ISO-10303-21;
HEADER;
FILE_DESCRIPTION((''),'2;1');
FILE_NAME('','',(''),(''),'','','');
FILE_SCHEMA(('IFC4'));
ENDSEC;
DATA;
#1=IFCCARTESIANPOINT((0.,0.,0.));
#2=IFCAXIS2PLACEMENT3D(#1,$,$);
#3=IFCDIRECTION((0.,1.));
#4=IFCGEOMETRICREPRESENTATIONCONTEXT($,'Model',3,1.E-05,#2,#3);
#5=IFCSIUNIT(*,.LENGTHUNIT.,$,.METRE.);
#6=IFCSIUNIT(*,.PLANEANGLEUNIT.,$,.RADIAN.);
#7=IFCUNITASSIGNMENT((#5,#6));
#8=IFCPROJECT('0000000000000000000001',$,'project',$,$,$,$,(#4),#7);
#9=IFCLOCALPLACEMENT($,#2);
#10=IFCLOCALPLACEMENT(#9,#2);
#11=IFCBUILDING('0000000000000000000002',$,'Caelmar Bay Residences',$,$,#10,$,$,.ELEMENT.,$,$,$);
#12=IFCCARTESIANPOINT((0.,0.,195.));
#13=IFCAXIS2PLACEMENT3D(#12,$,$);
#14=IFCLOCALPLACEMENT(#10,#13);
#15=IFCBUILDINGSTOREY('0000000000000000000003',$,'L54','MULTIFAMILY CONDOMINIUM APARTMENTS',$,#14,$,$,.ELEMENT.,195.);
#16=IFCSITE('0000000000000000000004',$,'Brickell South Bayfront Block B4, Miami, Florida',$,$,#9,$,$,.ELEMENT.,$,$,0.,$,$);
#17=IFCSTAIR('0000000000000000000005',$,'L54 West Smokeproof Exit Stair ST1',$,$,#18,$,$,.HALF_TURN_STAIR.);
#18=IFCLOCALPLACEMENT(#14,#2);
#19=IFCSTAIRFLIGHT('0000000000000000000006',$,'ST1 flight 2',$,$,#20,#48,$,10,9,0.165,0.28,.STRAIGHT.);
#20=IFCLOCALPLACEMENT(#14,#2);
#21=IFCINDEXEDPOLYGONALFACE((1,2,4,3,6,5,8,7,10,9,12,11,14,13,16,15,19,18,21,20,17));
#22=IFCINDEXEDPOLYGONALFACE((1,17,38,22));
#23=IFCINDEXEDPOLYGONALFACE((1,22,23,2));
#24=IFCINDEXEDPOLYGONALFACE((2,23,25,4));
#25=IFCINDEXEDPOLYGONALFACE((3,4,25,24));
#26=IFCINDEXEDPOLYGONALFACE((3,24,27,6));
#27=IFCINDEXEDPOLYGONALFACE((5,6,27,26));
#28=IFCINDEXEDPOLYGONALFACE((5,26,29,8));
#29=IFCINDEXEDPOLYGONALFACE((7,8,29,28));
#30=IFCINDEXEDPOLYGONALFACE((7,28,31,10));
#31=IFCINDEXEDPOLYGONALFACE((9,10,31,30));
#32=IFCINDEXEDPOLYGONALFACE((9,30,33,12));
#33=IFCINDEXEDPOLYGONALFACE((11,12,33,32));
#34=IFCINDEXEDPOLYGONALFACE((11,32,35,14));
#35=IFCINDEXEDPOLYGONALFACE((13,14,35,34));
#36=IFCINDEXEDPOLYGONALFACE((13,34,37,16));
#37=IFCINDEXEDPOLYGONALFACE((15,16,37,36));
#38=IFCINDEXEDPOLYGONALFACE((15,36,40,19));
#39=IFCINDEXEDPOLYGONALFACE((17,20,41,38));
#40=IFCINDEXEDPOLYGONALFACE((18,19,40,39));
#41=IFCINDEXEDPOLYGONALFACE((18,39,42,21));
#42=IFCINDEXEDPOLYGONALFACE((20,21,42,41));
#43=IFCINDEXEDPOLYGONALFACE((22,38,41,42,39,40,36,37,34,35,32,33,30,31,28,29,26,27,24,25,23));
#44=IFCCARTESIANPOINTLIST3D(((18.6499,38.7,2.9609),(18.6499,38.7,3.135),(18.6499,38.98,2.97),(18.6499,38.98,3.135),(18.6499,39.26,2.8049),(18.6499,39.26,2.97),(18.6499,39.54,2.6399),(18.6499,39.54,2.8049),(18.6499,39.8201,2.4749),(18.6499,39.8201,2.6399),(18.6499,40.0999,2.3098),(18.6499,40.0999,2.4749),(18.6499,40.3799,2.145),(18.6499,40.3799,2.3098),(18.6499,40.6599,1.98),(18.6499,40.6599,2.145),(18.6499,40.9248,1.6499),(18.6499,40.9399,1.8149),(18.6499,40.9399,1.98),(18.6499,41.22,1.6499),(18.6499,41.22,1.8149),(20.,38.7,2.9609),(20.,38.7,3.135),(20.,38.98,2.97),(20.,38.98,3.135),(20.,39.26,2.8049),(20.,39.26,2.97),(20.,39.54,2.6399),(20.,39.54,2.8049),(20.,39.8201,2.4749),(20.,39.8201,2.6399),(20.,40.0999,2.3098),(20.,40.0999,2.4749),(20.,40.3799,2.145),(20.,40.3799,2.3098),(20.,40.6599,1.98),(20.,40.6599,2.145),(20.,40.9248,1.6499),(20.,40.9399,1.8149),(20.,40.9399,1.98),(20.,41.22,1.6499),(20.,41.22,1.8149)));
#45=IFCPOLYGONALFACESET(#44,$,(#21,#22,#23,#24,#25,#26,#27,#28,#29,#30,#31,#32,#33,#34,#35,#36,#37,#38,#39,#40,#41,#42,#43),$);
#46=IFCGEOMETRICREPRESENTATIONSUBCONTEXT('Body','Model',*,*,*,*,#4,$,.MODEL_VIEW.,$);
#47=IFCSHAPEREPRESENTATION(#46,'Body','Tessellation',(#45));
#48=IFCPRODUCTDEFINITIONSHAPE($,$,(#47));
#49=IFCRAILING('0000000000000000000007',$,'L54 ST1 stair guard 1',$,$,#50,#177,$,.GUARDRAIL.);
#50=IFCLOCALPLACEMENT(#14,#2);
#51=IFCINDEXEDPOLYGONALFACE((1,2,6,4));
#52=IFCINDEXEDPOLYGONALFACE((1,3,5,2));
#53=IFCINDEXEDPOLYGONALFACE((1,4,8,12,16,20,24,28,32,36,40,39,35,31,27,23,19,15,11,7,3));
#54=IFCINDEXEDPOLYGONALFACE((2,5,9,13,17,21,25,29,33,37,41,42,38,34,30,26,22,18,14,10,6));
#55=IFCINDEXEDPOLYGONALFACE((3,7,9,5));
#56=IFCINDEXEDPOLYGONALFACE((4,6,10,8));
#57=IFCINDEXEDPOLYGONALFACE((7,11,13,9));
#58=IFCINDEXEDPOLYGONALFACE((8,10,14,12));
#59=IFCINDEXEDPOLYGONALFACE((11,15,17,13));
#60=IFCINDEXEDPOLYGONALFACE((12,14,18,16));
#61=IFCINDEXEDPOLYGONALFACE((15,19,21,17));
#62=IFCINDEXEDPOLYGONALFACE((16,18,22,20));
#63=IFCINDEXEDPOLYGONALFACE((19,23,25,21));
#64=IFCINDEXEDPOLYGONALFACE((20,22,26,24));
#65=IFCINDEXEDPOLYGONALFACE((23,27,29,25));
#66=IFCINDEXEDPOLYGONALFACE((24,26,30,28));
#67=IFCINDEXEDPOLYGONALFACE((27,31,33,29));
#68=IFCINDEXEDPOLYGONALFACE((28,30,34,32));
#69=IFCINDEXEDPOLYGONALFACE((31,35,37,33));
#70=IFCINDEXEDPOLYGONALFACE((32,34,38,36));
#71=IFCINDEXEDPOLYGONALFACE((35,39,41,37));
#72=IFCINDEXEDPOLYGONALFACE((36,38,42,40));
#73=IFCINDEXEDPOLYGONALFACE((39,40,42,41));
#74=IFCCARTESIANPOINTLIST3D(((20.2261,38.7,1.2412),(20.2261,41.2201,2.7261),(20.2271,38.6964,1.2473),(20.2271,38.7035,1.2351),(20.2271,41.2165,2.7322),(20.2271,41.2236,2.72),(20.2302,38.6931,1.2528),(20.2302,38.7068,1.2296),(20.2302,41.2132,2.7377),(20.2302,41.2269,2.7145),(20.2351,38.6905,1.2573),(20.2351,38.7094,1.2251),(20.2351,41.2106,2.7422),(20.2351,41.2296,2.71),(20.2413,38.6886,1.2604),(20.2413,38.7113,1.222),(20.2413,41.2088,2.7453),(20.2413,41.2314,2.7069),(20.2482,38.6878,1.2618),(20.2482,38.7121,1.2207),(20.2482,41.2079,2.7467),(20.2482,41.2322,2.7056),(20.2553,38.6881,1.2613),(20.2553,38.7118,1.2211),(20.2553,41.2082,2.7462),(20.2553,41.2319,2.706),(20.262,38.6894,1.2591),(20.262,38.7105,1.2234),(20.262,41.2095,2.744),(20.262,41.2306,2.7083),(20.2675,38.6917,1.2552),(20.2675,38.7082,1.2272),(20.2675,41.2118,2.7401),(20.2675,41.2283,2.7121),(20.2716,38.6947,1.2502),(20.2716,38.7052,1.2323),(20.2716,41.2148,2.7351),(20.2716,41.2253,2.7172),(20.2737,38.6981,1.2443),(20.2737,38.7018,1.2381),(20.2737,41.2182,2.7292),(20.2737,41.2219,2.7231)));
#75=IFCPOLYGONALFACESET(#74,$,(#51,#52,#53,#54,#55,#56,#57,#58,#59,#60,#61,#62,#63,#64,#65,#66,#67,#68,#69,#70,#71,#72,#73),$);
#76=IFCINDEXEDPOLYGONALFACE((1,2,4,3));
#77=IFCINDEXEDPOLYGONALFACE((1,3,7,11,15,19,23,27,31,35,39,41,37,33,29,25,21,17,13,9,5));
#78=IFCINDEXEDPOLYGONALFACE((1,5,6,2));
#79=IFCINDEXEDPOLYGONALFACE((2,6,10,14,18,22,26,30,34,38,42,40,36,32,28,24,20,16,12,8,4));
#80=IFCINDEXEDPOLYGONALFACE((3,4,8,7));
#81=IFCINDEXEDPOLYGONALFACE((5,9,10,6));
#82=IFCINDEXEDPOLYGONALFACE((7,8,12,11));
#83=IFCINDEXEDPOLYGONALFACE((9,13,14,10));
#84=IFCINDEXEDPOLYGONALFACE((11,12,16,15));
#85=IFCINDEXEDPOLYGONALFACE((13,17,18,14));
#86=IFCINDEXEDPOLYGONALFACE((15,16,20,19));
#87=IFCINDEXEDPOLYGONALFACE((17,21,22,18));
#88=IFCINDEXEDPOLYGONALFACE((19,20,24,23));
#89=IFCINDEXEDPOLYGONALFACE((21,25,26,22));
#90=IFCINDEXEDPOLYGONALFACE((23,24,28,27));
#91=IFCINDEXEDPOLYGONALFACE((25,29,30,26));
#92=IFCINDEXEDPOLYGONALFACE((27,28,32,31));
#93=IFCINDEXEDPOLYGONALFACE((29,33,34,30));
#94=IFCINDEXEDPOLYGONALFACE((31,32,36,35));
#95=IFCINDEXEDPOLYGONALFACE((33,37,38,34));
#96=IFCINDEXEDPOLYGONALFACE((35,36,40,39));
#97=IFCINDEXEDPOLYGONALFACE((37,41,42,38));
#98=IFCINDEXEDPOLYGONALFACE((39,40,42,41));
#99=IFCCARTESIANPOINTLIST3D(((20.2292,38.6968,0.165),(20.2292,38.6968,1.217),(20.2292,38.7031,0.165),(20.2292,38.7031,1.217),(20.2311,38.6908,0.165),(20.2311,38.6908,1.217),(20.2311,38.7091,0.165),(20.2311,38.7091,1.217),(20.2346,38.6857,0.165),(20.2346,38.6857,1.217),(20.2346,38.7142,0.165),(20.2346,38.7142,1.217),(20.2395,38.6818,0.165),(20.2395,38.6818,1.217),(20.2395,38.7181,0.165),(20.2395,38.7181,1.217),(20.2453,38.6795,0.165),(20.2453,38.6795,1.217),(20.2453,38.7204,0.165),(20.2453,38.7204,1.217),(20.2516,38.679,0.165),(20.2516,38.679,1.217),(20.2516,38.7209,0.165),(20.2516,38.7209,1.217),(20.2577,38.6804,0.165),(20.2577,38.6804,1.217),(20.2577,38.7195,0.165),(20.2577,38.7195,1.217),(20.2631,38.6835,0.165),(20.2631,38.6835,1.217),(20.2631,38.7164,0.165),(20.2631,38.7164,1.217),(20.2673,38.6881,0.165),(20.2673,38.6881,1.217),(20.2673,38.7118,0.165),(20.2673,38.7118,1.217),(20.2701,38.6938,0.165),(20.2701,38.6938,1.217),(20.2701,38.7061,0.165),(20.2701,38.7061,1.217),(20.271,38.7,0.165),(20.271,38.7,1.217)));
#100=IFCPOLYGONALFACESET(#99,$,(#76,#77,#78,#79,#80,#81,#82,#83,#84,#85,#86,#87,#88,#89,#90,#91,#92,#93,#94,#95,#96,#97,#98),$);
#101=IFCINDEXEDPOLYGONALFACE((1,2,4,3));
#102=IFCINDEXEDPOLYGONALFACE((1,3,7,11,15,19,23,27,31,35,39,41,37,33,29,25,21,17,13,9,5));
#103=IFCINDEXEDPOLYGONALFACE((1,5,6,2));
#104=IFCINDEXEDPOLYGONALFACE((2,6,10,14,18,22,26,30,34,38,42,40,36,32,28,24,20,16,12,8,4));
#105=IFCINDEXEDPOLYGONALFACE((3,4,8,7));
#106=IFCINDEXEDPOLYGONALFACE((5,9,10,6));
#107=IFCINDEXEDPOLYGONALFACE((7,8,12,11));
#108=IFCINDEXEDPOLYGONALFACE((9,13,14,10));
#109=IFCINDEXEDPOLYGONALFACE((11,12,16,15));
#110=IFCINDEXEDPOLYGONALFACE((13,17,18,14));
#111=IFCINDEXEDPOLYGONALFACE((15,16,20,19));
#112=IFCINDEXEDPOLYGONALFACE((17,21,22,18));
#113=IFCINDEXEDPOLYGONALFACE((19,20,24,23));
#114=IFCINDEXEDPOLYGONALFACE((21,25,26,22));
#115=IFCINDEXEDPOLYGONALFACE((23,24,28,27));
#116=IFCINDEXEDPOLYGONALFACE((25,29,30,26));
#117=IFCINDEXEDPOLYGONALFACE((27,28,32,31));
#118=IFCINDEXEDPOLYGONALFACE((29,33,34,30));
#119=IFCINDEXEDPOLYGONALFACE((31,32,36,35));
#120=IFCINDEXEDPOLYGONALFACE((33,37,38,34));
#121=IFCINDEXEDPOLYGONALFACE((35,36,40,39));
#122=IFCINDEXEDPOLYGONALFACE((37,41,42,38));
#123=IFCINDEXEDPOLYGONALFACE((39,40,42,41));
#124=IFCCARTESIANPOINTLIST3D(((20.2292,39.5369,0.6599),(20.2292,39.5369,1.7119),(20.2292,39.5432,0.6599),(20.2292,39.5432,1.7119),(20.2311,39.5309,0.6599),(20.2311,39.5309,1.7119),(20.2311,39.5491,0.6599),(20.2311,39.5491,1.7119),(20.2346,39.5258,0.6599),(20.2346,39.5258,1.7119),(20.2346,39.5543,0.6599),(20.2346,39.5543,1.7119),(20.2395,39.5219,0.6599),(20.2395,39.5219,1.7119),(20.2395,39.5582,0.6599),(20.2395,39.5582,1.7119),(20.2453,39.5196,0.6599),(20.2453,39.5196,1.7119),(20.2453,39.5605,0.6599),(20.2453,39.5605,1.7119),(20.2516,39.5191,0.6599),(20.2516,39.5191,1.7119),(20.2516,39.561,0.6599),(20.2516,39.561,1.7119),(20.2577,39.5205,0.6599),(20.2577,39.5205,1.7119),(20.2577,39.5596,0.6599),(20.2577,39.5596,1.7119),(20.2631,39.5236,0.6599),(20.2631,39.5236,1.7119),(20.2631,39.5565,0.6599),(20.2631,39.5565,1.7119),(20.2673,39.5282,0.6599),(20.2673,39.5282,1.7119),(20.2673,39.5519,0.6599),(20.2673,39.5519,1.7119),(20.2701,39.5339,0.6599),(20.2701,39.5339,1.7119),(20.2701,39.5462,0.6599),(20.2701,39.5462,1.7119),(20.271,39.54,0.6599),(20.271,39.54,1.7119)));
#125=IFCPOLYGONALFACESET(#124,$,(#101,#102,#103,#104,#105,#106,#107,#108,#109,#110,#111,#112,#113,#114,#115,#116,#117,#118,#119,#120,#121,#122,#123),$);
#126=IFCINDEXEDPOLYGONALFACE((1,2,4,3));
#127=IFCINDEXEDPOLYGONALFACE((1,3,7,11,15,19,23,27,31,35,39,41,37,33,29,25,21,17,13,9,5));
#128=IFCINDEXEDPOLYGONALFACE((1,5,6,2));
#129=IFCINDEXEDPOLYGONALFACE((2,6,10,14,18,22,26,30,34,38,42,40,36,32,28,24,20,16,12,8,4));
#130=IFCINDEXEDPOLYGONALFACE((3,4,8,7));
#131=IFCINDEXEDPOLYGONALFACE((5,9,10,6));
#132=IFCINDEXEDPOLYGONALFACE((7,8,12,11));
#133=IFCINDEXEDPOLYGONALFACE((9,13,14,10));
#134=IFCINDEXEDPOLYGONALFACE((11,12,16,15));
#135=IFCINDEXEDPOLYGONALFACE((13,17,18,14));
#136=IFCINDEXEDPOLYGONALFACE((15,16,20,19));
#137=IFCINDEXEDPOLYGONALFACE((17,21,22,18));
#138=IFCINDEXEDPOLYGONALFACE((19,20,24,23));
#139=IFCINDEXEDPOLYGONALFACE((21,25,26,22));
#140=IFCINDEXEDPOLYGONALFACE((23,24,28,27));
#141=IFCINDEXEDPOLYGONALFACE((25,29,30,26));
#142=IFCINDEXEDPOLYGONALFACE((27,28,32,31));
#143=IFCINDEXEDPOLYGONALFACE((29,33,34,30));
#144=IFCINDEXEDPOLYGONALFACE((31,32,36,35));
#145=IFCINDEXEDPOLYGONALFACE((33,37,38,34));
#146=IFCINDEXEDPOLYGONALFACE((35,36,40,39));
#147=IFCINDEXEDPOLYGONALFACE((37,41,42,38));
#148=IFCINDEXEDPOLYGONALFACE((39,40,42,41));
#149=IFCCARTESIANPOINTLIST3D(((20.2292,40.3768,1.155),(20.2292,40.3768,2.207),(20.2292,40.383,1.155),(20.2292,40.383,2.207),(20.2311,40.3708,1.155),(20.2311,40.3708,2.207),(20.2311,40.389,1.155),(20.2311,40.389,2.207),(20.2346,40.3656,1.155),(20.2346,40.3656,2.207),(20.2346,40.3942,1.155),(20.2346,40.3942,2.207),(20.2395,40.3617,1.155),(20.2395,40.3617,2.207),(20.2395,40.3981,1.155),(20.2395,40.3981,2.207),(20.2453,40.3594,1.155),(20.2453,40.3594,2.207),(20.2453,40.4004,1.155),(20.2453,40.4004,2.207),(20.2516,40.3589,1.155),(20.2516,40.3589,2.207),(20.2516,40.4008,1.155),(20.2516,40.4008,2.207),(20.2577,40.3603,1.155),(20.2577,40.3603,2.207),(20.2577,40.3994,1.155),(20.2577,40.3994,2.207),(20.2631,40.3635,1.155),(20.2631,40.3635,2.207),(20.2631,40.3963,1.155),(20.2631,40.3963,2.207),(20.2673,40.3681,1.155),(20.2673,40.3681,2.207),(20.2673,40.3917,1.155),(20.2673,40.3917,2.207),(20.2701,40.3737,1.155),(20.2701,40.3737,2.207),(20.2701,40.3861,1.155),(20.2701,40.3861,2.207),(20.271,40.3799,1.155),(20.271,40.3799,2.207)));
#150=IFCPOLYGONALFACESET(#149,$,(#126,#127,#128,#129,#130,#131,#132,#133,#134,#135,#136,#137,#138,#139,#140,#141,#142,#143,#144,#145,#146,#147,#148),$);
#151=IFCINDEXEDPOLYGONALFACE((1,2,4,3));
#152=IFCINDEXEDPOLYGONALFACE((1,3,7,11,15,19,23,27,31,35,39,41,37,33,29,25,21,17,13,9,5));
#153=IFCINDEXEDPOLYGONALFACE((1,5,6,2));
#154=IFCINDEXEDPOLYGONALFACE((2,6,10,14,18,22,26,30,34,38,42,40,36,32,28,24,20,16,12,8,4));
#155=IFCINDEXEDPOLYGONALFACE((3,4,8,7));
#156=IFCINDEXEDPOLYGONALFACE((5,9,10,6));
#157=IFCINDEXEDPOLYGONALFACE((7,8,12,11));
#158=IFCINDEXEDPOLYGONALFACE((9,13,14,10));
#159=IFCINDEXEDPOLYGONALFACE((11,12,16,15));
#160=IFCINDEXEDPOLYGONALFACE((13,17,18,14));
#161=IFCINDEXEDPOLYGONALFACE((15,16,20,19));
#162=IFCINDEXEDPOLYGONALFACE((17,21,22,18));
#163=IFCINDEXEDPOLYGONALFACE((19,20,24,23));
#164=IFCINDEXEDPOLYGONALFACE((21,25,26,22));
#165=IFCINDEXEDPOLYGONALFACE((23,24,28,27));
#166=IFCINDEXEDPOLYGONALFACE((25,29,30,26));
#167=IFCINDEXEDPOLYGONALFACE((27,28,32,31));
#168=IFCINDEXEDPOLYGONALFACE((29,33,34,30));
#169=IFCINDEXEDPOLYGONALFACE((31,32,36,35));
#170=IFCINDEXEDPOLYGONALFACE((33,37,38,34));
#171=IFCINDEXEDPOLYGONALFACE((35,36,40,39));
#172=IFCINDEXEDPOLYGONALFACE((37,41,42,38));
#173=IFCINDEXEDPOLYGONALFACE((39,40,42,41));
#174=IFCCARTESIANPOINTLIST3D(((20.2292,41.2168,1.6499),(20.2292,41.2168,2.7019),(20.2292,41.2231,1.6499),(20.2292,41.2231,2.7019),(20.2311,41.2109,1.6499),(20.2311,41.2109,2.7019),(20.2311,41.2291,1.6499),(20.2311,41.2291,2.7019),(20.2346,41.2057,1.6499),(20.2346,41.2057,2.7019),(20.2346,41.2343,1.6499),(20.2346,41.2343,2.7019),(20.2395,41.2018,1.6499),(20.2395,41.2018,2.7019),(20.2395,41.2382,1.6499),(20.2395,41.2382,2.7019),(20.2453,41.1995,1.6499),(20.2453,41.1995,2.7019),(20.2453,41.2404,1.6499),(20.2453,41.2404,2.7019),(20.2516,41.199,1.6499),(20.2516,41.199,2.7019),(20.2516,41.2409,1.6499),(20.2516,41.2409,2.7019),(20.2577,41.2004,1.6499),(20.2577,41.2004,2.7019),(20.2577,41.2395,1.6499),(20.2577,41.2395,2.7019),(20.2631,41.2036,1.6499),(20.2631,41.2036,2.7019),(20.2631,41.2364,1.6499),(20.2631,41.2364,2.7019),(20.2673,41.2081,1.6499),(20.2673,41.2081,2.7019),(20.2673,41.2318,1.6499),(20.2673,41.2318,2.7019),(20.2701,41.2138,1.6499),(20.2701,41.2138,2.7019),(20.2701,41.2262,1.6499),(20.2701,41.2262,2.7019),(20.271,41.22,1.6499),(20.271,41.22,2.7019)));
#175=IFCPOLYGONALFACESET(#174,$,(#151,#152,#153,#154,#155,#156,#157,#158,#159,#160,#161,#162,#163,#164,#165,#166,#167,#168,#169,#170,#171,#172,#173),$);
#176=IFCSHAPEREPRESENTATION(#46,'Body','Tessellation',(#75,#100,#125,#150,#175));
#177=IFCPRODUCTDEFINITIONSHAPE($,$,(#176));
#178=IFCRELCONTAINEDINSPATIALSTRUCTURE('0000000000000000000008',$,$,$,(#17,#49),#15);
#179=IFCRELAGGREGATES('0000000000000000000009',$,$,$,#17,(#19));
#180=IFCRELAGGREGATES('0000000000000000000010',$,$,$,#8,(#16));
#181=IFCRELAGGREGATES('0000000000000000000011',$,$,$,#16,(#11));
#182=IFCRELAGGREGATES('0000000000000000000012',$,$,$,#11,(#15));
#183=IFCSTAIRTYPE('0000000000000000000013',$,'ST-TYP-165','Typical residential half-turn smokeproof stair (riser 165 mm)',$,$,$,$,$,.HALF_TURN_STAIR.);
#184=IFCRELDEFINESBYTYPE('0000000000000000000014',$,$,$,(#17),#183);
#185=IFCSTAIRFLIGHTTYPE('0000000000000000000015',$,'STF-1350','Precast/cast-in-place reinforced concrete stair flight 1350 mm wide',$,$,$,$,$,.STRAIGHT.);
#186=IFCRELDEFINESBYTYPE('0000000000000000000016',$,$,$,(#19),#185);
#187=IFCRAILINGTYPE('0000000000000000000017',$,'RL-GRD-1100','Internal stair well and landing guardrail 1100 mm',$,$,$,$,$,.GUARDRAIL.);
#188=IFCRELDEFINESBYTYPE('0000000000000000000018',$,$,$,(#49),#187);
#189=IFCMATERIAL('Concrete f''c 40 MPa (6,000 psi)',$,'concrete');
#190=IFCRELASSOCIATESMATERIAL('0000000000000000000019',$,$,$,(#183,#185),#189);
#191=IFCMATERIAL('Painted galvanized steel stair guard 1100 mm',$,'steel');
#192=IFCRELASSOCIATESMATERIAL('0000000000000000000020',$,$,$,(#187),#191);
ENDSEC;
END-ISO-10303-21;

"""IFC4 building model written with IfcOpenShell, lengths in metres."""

from ifc_helpers import new_model, si_unit, direction, frame, origin, origin_2d, place, context, subcontext, project, spatial, polyline, circle, outline, extrude, material, type_object, element, aggregate, save


model = new_model("IFC4")

# Units and contexts
model_context = context("Model", 3, precision=1e-05, world=origin(), true_north=direction((0.0, 1.0)))
body_context = subcontext(model_context, "Body", "Model", "MODEL_VIEW")
ifc_project = project(units=[si_unit("LENGTHUNIT", "METRE"), si_unit("PLANEANGLEUNIT", "RADIAN")], contexts=[model_context])

# Site, building, storey
site_placement = place(None, origin())
site = spatial("IfcSite", under=ifc_project, at=site_placement, Name="Brickell South Bayfront Block B4, Miami, Florida", CompositionType="ELEMENT", RefElevation=0.0)
building_placement = place(site_placement, origin())
building = spatial("IfcBuilding", under=site, at=building_placement, Name="Caelmar Bay Residences", CompositionType="ELEMENT")
storey_placement = place(building_placement, frame((0.0, 0.0, 195.0)))
storey = spatial("IfcBuildingStorey", under=building, at=storey_placement, Name="L54", Description="MULTIFAMILY CONDOMINIUM APARTMENTS", CompositionType="ELEMENT", Elevation=195.0)

# Stair, stair flight
ifc_material_1 = material(Name="Concrete f'c 40 MPa (6,000 psi)", Category="concrete")
stair_type = type_object("IfcStairType", Name="ST-TYP-165", Description="Typical residential half-turn smokeproof stair (riser 165 mm)", PredefinedType="HALF_TURN_STAIR", material=ifc_material_1)
stair_placement = place(storey_placement, origin())
stair = element("IfcStair", 1, at=stair_placement, inside=storey, type_object=stair_type, Name="L54 West Smokeproof Exit Stair ST1", PredefinedType="HALF_TURN_STAIR")
stair_flight_type = type_object("IfcStairFlightType", Name="STF-1350", Description="Precast/cast-in-place reinforced concrete stair flight 1350 mm wide", PredefinedType="STRAIGHT", material=ifc_material_1)
stair_flight_1_placement = place(storey_placement, frame((19.325, 41.22, 1.6499), z_axis=(0.0, 0.0, 1.0), x_axis=(0.0, -1.0, 0.0)))
stair_flight_1 = element("IfcStairFlight", 2, at=stair_flight_1_placement, type_object=stair_flight_type, Name="ST1 flight 2", NumberOfRisers=10, NumberOfTreads=9, PredefinedType="STRAIGHT", RiserHeight=0.165, TreadLength=0.28, context=body_context, shape_type="SweptSolid", body=[
    extrude(outline(polyline([(0.0, 0.0), (0.0, 0.165), (0.28, 0.165), (0.28, 0.3301), (0.5601, 0.3301), (0.5601, 0.4951), (0.8401, 0.4951), (0.8401, 0.6599), (1.1201, 0.6599), (1.1201, 0.825), (1.3999, 0.825), (1.3999, 0.99), (1.6799, 0.99), (1.6799, 1.155), (1.96, 1.155), (1.96, 1.3201), (2.24, 1.3201), (2.24, 1.4851), (2.52, 1.4851), (2.52, 1.6499), (2.52, 1.311), (0.2952, 0.0), (0.0, 0.0)])), frame((0.0, 0.675, 0.0), z_axis=(0.0, -1.0, 0.0), x_axis=(1.0, 0.0, 0.0)), (0.0, 0.0, 1.0), 1.3501),
])
aggregate(stair, [stair_flight_1])

# Railing
ifc_material_2 = material(Name="Painted galvanized steel stair guard 1100 mm", Category="steel")
railing_type_1 = type_object("IfcRailingType", Name="RL-GRD-1100", Description="Internal stair well and landing guardrail 1100 mm", PredefinedType="GUARDRAIL", material=ifc_material_2)
railing_1_placement = place(storey_placement, frame((20.25, 38.7, 0.165)))
element("IfcRailing", 3, at=railing_1_placement, inside=storey, type_object=railing_type_1, Name="L54 ST1 stair guard 1", PredefinedType="GUARDRAIL", context=body_context, shape_type="SweptSolid", body=[
    extrude(circle(Radius=0.0239, at=origin_2d()), frame((0.0, 0.0, 1.0762), z_axis=(0.0, 0.861561, 0.507655), x_axis=(-1.0, 0.0, 0.0)), (0.0, 0.0, 1.0), 2.925),
    extrude(circle(Radius=0.021, at=origin_2d()), origin(), (0.0, 0.0, 1.0), 1.052),
    extrude(circle(Radius=0.021, at=origin_2d()), frame((0.0, 0.8401, 0.4949)), (0.0, 0.0, 1.0), 1.052),
    extrude(circle(Radius=0.021, at=origin_2d()), frame((0.0, 1.6799, 0.99)), (0.0, 0.0, 1.0), 1.052),
    extrude(circle(Radius=0.021, at=origin_2d()), frame((0.0, 2.52, 1.4849)), (0.0, 0.0, 1.0), 1.052),
])

save(model, "model.ifc")
